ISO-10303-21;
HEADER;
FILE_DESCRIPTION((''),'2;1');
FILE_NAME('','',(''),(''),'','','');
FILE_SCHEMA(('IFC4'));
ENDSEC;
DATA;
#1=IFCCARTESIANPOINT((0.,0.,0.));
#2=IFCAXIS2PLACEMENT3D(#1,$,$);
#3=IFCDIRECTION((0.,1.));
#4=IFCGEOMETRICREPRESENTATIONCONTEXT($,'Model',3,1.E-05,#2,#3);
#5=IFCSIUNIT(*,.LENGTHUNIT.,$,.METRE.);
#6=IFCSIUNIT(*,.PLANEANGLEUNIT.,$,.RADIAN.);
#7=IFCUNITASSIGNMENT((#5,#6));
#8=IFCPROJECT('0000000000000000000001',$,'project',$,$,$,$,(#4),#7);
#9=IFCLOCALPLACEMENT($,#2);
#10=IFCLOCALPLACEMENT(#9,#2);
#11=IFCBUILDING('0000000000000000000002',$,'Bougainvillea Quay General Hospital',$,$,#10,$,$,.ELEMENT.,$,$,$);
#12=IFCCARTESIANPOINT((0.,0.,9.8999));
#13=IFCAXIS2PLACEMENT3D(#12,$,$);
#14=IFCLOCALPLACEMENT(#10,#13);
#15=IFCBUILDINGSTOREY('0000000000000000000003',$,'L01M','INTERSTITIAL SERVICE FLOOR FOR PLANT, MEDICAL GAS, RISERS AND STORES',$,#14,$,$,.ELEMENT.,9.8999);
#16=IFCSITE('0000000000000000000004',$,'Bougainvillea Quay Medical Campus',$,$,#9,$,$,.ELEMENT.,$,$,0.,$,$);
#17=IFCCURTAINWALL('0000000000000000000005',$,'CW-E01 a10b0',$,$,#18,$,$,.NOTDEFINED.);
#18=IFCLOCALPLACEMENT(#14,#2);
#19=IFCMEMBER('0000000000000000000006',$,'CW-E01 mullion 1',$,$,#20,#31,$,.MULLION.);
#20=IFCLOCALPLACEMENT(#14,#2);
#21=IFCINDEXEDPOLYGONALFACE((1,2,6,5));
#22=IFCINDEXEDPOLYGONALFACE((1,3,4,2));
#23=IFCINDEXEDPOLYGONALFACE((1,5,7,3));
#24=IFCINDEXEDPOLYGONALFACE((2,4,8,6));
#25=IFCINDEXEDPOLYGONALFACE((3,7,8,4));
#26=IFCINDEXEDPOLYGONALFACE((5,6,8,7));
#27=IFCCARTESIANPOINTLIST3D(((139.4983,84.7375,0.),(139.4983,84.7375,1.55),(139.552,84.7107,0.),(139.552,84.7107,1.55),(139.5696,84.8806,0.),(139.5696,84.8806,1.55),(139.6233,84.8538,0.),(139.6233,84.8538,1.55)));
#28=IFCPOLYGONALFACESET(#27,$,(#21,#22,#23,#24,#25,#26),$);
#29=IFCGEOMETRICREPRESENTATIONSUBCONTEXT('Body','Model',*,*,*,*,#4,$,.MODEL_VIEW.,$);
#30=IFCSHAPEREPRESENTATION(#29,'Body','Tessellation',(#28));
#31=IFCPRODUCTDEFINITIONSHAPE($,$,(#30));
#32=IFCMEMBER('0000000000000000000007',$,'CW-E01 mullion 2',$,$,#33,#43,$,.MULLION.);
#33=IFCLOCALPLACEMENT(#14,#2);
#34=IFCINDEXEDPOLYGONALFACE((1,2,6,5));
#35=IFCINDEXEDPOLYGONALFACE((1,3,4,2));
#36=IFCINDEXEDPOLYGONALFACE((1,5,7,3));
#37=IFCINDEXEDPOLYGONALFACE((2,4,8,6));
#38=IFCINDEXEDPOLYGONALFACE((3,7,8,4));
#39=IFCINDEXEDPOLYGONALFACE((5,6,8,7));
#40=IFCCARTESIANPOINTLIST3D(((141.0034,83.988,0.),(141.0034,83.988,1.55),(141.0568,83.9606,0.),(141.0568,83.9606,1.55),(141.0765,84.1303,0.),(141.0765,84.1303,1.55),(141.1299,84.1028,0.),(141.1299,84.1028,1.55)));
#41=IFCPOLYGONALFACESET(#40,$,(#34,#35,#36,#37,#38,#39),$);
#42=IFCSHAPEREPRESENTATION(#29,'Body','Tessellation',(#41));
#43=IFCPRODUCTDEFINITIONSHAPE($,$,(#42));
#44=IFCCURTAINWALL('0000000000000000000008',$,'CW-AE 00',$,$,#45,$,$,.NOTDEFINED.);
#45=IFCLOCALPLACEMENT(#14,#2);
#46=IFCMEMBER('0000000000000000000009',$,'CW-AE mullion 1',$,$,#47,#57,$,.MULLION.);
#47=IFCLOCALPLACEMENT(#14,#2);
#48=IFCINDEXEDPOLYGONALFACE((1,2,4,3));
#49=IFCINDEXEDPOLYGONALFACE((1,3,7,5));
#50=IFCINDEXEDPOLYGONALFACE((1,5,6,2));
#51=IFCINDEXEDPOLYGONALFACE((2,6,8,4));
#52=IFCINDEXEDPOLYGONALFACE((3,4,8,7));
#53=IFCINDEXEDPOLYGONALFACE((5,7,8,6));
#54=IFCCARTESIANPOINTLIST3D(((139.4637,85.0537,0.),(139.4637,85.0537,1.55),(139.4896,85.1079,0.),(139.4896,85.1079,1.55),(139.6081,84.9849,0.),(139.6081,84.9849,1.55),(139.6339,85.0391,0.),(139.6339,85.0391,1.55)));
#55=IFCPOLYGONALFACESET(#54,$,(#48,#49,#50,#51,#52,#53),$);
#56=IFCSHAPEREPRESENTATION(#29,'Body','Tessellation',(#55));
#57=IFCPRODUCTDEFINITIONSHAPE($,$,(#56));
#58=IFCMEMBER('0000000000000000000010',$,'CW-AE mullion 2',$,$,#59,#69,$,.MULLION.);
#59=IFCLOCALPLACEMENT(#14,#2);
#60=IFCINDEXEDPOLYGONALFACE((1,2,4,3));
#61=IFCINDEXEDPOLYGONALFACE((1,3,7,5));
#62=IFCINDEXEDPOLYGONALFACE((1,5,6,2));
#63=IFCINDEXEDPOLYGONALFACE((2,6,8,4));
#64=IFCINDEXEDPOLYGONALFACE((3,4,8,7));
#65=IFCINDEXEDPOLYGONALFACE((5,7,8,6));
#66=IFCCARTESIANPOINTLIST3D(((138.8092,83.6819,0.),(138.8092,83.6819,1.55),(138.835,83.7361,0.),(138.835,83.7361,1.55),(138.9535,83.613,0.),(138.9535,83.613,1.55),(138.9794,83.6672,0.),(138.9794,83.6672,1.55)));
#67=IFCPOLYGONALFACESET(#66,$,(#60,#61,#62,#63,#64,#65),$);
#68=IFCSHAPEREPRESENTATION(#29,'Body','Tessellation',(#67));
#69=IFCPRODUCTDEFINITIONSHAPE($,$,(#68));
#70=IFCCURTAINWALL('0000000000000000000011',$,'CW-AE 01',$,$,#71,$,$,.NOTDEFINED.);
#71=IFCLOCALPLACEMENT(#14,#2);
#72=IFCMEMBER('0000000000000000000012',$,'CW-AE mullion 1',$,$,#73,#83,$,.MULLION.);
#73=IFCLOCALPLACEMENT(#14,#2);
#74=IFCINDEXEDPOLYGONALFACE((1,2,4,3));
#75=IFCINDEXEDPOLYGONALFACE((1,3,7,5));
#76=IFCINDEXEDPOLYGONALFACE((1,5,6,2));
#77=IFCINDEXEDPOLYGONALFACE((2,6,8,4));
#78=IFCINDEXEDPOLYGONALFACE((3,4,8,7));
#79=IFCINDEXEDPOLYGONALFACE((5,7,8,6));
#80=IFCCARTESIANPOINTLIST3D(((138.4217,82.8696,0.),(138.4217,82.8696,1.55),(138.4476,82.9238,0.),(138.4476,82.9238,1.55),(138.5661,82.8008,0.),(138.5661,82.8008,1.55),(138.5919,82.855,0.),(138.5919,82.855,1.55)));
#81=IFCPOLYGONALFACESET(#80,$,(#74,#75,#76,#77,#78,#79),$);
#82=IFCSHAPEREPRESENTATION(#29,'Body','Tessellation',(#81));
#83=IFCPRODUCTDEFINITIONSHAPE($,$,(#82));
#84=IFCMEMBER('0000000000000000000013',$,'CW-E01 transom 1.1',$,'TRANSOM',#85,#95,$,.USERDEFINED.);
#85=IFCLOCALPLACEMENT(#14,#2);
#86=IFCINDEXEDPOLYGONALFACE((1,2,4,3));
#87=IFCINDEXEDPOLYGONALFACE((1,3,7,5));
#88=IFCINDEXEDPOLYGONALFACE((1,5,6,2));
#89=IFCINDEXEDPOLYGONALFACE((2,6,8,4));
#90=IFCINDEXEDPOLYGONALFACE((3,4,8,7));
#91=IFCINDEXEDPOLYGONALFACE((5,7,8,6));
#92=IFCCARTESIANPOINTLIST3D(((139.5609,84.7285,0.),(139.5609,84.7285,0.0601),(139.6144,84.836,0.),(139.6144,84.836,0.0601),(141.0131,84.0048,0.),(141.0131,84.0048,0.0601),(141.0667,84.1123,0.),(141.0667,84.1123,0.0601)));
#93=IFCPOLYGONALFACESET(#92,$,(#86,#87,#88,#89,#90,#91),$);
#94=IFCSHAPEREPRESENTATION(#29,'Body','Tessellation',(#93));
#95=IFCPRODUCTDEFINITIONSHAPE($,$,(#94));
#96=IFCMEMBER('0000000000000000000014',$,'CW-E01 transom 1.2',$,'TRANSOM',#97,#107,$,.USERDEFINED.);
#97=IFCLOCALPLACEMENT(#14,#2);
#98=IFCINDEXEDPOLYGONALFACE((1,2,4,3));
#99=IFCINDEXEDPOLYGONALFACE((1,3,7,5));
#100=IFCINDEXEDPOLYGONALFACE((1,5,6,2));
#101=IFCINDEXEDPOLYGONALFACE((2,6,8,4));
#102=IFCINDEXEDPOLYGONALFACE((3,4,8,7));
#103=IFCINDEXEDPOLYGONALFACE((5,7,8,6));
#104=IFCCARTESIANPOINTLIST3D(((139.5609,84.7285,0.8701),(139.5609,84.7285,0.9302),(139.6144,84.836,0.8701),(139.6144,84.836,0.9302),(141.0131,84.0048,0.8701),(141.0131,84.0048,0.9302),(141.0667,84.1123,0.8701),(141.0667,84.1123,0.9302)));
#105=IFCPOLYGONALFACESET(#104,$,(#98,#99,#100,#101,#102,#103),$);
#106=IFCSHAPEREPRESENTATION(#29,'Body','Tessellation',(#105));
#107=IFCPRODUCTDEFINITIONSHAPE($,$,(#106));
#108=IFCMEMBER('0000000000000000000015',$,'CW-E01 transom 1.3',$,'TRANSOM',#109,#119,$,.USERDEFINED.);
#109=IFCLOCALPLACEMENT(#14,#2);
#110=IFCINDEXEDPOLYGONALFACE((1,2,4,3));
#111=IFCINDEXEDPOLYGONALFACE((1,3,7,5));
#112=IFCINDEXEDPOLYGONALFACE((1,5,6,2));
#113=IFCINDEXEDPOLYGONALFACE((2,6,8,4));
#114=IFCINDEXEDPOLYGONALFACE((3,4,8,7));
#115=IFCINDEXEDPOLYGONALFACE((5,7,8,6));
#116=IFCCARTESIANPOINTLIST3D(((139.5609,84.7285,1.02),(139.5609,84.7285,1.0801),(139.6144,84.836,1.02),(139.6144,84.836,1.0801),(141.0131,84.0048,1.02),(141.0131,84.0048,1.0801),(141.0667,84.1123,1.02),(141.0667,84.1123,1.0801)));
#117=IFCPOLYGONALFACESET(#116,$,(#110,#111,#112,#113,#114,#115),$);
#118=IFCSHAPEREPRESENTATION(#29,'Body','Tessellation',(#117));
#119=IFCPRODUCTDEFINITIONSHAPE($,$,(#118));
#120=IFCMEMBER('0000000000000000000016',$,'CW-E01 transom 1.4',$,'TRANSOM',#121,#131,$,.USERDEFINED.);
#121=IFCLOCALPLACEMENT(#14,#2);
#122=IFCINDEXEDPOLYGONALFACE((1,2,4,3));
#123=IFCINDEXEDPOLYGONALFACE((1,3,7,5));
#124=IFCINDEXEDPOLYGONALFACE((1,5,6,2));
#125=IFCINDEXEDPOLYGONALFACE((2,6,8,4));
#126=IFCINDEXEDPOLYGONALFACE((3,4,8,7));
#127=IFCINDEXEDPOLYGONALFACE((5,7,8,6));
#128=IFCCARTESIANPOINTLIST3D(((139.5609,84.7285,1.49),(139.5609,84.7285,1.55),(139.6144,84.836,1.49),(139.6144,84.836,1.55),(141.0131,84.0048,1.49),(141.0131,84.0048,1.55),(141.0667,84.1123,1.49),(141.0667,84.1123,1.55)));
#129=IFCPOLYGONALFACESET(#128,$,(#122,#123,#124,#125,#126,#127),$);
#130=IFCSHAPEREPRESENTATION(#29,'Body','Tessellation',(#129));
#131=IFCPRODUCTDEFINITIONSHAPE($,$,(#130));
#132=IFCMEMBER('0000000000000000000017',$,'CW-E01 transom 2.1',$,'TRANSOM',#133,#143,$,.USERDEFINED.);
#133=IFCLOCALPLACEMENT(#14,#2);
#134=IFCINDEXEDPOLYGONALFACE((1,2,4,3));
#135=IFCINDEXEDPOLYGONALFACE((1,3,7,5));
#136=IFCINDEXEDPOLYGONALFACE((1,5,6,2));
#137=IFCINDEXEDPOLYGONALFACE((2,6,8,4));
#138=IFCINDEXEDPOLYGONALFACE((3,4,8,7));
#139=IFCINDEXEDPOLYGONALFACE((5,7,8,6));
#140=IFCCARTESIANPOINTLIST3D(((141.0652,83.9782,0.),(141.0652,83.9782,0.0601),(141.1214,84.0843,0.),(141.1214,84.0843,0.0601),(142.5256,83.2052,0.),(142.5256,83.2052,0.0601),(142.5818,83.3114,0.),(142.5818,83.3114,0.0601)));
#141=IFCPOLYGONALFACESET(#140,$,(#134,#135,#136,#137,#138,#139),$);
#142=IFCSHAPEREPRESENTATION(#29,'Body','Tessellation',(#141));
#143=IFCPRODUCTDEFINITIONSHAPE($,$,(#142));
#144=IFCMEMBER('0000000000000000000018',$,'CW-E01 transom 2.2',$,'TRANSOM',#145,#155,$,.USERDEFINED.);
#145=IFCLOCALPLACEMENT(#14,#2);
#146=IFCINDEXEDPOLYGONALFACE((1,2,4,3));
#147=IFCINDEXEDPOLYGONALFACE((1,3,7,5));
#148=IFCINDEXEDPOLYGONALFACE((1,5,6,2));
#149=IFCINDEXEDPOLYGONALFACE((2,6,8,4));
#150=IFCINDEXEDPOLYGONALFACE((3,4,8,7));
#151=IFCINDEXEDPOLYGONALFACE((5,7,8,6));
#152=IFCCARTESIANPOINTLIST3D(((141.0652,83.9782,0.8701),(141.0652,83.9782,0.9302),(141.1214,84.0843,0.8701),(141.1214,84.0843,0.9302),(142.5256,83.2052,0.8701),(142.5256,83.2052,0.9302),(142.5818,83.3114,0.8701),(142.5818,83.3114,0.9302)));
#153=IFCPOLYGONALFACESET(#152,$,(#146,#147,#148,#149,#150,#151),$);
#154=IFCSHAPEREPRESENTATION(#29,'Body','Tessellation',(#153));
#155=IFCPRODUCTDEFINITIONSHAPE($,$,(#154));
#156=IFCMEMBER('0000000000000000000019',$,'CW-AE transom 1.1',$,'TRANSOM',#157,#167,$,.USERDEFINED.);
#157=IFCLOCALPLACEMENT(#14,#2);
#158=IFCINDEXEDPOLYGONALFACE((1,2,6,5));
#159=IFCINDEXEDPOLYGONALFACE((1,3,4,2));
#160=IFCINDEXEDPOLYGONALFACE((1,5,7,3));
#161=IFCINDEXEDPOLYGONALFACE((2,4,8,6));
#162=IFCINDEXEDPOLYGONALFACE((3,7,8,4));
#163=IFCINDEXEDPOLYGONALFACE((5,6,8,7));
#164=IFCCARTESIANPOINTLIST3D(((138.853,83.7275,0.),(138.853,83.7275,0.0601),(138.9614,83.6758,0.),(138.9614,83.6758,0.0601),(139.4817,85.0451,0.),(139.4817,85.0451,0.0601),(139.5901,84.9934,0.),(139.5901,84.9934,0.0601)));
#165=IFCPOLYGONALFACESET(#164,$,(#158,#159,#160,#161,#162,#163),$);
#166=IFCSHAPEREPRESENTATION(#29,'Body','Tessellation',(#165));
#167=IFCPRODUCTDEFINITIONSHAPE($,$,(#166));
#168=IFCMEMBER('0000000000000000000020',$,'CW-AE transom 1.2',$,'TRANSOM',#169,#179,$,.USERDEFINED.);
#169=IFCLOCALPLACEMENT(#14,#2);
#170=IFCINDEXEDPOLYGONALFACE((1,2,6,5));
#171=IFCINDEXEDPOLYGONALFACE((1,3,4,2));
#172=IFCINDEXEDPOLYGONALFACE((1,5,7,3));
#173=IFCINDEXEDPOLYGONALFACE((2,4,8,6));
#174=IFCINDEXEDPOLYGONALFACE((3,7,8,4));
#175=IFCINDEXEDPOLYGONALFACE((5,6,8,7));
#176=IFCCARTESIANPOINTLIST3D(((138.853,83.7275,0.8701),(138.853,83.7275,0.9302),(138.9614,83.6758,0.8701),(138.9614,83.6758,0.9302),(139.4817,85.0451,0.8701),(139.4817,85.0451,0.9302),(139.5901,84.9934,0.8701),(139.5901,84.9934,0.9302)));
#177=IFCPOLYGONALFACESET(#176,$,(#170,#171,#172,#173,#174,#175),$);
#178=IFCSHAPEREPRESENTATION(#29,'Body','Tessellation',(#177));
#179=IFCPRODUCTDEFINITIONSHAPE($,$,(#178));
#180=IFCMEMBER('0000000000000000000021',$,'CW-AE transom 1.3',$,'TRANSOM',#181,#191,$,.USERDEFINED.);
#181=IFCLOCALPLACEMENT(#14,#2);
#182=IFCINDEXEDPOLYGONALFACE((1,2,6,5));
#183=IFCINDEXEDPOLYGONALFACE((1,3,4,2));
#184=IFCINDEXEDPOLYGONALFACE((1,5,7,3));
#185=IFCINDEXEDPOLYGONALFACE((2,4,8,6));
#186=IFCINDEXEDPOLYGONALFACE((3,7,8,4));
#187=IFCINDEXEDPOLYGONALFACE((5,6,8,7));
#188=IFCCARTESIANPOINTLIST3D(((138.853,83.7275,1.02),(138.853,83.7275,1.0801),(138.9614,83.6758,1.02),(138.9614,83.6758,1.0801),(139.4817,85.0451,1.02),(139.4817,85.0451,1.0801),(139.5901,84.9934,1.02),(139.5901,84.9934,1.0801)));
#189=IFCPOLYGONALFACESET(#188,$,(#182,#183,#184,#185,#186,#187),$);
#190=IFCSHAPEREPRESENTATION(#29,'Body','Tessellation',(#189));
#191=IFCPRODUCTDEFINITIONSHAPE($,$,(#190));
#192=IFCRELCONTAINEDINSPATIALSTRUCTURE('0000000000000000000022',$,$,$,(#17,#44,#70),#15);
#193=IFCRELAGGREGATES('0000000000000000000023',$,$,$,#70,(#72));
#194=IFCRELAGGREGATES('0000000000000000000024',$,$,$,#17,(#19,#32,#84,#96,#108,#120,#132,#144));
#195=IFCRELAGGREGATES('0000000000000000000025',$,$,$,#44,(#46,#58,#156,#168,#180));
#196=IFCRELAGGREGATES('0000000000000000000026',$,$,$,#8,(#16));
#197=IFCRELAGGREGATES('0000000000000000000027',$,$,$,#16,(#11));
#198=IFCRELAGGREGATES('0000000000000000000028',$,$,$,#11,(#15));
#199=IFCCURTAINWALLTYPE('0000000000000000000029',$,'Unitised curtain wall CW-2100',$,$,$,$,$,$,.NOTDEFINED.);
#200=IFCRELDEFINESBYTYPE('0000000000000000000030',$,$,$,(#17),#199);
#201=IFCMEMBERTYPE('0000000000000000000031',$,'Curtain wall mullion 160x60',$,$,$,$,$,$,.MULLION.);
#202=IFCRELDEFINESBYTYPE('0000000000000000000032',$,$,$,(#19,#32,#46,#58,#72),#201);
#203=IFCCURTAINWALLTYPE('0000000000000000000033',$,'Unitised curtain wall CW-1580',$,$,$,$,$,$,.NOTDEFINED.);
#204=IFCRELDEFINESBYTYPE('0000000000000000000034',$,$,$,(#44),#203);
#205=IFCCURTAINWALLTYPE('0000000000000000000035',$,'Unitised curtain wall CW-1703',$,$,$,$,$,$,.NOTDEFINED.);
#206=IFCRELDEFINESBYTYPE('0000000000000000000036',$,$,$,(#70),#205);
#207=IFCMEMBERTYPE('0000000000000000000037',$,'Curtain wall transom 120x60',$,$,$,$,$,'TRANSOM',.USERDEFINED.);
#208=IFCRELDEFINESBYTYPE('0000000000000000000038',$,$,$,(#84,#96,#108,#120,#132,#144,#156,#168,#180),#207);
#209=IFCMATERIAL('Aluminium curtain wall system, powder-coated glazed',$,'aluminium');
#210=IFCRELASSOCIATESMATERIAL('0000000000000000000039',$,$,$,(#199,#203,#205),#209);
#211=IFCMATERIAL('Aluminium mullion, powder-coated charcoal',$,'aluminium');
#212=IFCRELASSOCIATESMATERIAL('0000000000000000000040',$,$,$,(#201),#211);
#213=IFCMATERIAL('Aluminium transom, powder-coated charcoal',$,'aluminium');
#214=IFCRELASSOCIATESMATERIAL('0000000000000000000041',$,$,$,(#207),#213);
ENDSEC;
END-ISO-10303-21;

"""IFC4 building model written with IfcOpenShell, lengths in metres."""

from ifc_helpers import new_model, si_unit, direction, frame, origin, origin_2d, place, context, subcontext, project, spatial, rectangle, extrude, material, material_profile, profile_set, type_object, element, aggregate, save


model = new_model("IFC4")

# Units and contexts
model_context = context("Model", 3, precision=1e-05, world=origin(), true_north=direction((0.0, 1.0)))
body_context = subcontext(model_context, "Body", "Model", "MODEL_VIEW")
ifc_project = project(units=[si_unit("LENGTHUNIT", "METRE"), si_unit("PLANEANGLEUNIT", "RADIAN")], contexts=[model_context])

# Site, building, storey
site_placement = place(None, origin())
site = spatial("IfcSite", under=ifc_project, at=site_placement, Name="Bougainvillea Quay Medical Campus", CompositionType="ELEMENT", RefElevation=0.0)
building_placement = place(site_placement, origin())
building = spatial("IfcBuilding", under=site, at=building_placement, Name="Bougainvillea Quay General Hospital", CompositionType="ELEMENT")
storey_placement = place(building_placement, frame((0.0, 0.0, 9.8999)))
storey = spatial("IfcBuildingStorey", under=building, at=storey_placement, Name="L01M", Description="INTERSTITIAL SERVICE FLOOR FOR PLANT, MEDICAL GAS, RISERS AND STORES", CompositionType="ELEMENT", Elevation=9.8999)

# Curtain walls, members
ifc_material_1 = material(Name="Aluminium curtain wall system, powder-coated glazed", Category="aluminium")
curtain_wall_type_1 = type_object("IfcCurtainWallType", Name="Unitised curtain wall CW-2100", PredefinedType="NOTDEFINED", material=ifc_material_1)
curtain_wall_1_placement = place(storey_placement, origin())
curtain_wall_1 = element("IfcCurtainWall", 1, at=curtain_wall_1_placement, inside=storey, type_object=curtain_wall_type_1, Name="CW-E01 a10b0", PredefinedType="NOTDEFINED")
ifc_material_2 = material(Name="Aluminium mullion, powder-coated charcoal", Category="aluminium")
ifc_material_profile_1 = material_profile(ifc_material_2, rectangle(XDim=0.1599, YDim=0.0601, at=origin_2d()))
ifc_profile_set_1 = profile_set([ifc_material_profile_1], Name="Aluminium mullion, powder-coated charcoal")
member_type_1 = type_object("IfcMemberType", Name="Curtain wall mullion 160x60", PredefinedType="MULLION", material=ifc_profile_set_1)
member_1_placement = place(storey_placement, frame((139.5608, 84.7957, 0.0), z_axis=(0.0, 0.0, 1.0), x_axis=(0.445914, 0.895076, 0.0)))
member_1 = element("IfcMember", 2, at=member_1_placement, type_object=member_type_1, Name="CW-E01 mullion 1", PredefinedType="MULLION", context=body_context, shape_type="SweptSolid", body=[
    extrude(rectangle(XDim=0.1599, YDim=0.0601, at=origin_2d()), origin(), (0.0, 0.0, 1.0), 1.55),
])
member_2_placement = place(storey_placement, frame((141.0667, 84.0454, 0.0), z_axis=(0.0, 0.0, 1.0), x_axis=(0.456868, 0.889535, 0.0)))
member_2 = element("IfcMember", 3, at=member_2_placement, type_object=member_type_1, Name="CW-E01 mullion 2", PredefinedType="MULLION", context=body_context, shape_type="SweptSolid", body=[
    extrude(rectangle(XDim=0.1599, YDim=0.0601, at=origin_2d()), origin(), (0.0, 0.0, 1.0), 1.55),
])
curtain_wall_type_2 = type_object("IfcCurtainWallType", Name="Unitised curtain wall CW-1580", PredefinedType="NOTDEFINED", material=ifc_material_1)
curtain_wall_2_placement = place(storey_placement, origin())
curtain_wall_2 = element("IfcCurtainWall", 4, at=curtain_wall_2_placement, inside=storey, type_object=curtain_wall_type_2, Name="CW-AE 00", PredefinedType="NOTDEFINED")
member_3_placement = place(storey_placement, frame((139.5488, 85.0464, 0.0), z_axis=(0.0, 0.0, 1.0), x_axis=(0.902578, -0.430525, 0.0)))
member_3 = element("IfcMember", 5, at=member_3_placement, type_object=member_type_1, Name="CW-AE mullion 1", PredefinedType="MULLION", context=body_context, shape_type="SweptSolid", body=[
    extrude(rectangle(XDim=0.1599, YDim=0.0601, at=origin_2d()), origin(), (0.0, 0.0, 1.0), 1.55),
])
member_4_placement = place(storey_placement, frame((138.8943, 83.6746, 0.0), z_axis=(0.0, 0.0, 1.0), x_axis=(0.902578, -0.430525, 0.0)))
member_4 = element("IfcMember", 6, at=member_4_placement, type_object=member_type_1, Name="CW-AE mullion 2", PredefinedType="MULLION", context=body_context, shape_type="SweptSolid", body=[
    extrude(rectangle(XDim=0.1599, YDim=0.0601, at=origin_2d()), origin(), (0.0, 0.0, 1.0), 1.55),
])

# Curtain wall, member
curtain_wall_type_3 = type_object("IfcCurtainWallType", Name="Unitised curtain wall CW-1703", PredefinedType="NOTDEFINED", material=ifc_material_1)
curtain_wall_3_placement = place(storey_placement, origin())
curtain_wall_3 = element("IfcCurtainWall", 7, at=curtain_wall_3_placement, inside=storey, type_object=curtain_wall_type_3, Name="CW-AE 01", PredefinedType="NOTDEFINED")
member_5_placement = place(storey_placement, frame((138.5068, 82.8623, 0.0), z_axis=(0.0, 0.0, 1.0), x_axis=(0.902578, -0.430525, 0.0)))
member_5 = element("IfcMember", 8, at=member_5_placement, type_object=member_type_1, Name="CW-AE mullion 1", PredefinedType="MULLION", context=body_context, shape_type="SweptSolid", body=[
    extrude(rectangle(XDim=0.1599, YDim=0.0601, at=origin_2d()), origin(), (0.0, 0.0, 1.0), 1.55),
])

# Members
ifc_material_3 = material(Name="Aluminium transom, powder-coated charcoal", Category="aluminium")
ifc_material_profile_2 = material_profile(ifc_material_3, rectangle(XDim=0.1201, YDim=0.0601, at=origin_2d()))
ifc_profile_set_2 = profile_set([ifc_material_profile_2], Name="Aluminium transom, powder-coated charcoal")
member_type_2 = type_object("IfcMemberType", Name="Curtain wall transom 120x60", ElementType="TRANSOM", PredefinedType="USERDEFINED", material=ifc_profile_set_2)
member_6_placement = place(storey_placement, frame((139.5876, 84.7822, 0.03), z_axis=(0.895028, -0.446009, 0.0), x_axis=(0.446009, 0.895028, 0.0)))
member_6 = element("IfcMember", 9, at=member_6_placement, type_object=member_type_2, Name="CW-E01 transom 1.1", ObjectType="TRANSOM", PredefinedType="USERDEFINED", context=body_context, shape_type="SweptSolid", body=[
    extrude(rectangle(XDim=0.1201, YDim=0.0601, at=origin_2d()), origin(), (0.0, 0.0, 1.0), 1.6226),
])
member_7_placement = place(storey_placement, frame((139.5876, 84.7822, 0.9001), z_axis=(0.895028, -0.446009, 0.0), x_axis=(0.446009, 0.895028, 0.0)))
member_7 = element("IfcMember", 10, at=member_7_placement, type_object=member_type_2, Name="CW-E01 transom 1.2", ObjectType="TRANSOM", PredefinedType="USERDEFINED", context=body_context, shape_type="SweptSolid", body=[
    extrude(rectangle(XDim=0.1201, YDim=0.0601, at=origin_2d()), origin(), (0.0, 0.0, 1.0), 1.6226),
])
member_8_placement = place(storey_placement, frame((139.5876, 84.7822, 1.05), z_axis=(0.895028, -0.446009, 0.0), x_axis=(0.446009, 0.895028, 0.0)))
member_8 = element("IfcMember", 11, at=member_8_placement, type_object=member_type_2, Name="CW-E01 transom 1.3", ObjectType="TRANSOM", PredefinedType="USERDEFINED", context=body_context, shape_type="SweptSolid", body=[
    extrude(rectangle(XDim=0.1201, YDim=0.0601, at=origin_2d()), origin(), (0.0, 0.0, 1.0), 1.6226),
])
member_9_placement = place(storey_placement, frame((139.5876, 84.7822, 1.52), z_axis=(0.895028, -0.446009, 0.0), x_axis=(0.446009, 0.895028, 0.0)))
member_9 = element("IfcMember", 12, at=member_9_placement, type_object=member_type_2, Name="CW-E01 transom 1.4", ObjectType="TRANSOM", PredefinedType="USERDEFINED", context=body_context, shape_type="SweptSolid", body=[
    extrude(rectangle(XDim=0.1201, YDim=0.0601, at=origin_2d()), origin(), (0.0, 0.0, 1.0), 1.6226),
])
member_10_placement = place(storey_placement, frame((141.0933, 84.0312, 0.03), z_axis=(0.883845, -0.467779, 0.0), x_axis=(0.467779, 0.883845, 0.0)))
member_10 = element("IfcMember", 13, at=member_10_placement, type_object=member_type_2, Name="CW-E01 transom 2.1", ObjectType="TRANSOM", PredefinedType="USERDEFINED", context=body_context, shape_type="SweptSolid", body=[
    extrude(rectangle(XDim=0.1201, YDim=0.0601, at=origin_2d()), origin(), (0.0, 0.0, 1.0), 1.6523),
])
member_11_placement = place(storey_placement, frame((141.0933, 84.0312, 0.9001), z_axis=(0.883845, -0.467779, 0.0), x_axis=(0.467779, 0.883845, 0.0)))
member_11 = element("IfcMember", 14, at=member_11_placement, type_object=member_type_2, Name="CW-E01 transom 2.2", ObjectType="TRANSOM", PredefinedType="USERDEFINED", context=body_context, shape_type="SweptSolid", body=[
    extrude(rectangle(XDim=0.1201, YDim=0.0601, at=origin_2d()), origin(), (0.0, 0.0, 1.0), 1.6523),
])
member_12_placement = place(storey_placement, frame((139.5359, 85.0193, 0.03), z_axis=(-0.430615, -0.902536, 0.0), x_axis=(0.902536, -0.430615, 0.0)))
member_12 = element("IfcMember", 15, at=member_12_placement, type_object=member_type_2, Name="CW-AE transom 1.1", ObjectType="TRANSOM", PredefinedType="USERDEFINED", context=body_context, shape_type="SweptSolid", body=[
    extrude(rectangle(XDim=0.1201, YDim=0.0601, at=origin_2d()), origin(), (0.0, 0.0, 1.0), 1.46),
])
member_13_placement = place(storey_placement, frame((139.5359, 85.0193, 0.9001), z_axis=(-0.430615, -0.902536, 0.0), x_axis=(0.902536, -0.430615, 0.0)))
member_13 = element("IfcMember", 16, at=member_13_placement, type_object=member_type_2, Name="CW-AE transom 1.2", ObjectType="TRANSOM", PredefinedType="USERDEFINED", context=body_context, shape_type="SweptSolid", body=[
    extrude(rectangle(XDim=0.1201, YDim=0.0601, at=origin_2d()), origin(), (0.0, 0.0, 1.0), 1.46),
])
member_14_placement = place(storey_placement, frame((139.5359, 85.0193, 1.05), z_axis=(-0.430615, -0.902536, 0.0), x_axis=(0.902536, -0.430615, 0.0)))
member_14 = element("IfcMember", 17, at=member_14_placement, type_object=member_type_2, Name="CW-AE transom 1.3", ObjectType="TRANSOM", PredefinedType="USERDEFINED", context=body_context, shape_type="SweptSolid", body=[
    extrude(rectangle(XDim=0.1201, YDim=0.0601, at=origin_2d()), origin(), (0.0, 0.0, 1.0), 1.46),
])
aggregate(curtain_wall_3, [member_5])

aggregate(curtain_wall_1, [member_1, member_2, member_6, member_7, member_8, member_9, member_10, member_11])
aggregate(curtain_wall_2, [member_3, member_4, member_12, member_13, member_14])

save(model, "model.ifc")
